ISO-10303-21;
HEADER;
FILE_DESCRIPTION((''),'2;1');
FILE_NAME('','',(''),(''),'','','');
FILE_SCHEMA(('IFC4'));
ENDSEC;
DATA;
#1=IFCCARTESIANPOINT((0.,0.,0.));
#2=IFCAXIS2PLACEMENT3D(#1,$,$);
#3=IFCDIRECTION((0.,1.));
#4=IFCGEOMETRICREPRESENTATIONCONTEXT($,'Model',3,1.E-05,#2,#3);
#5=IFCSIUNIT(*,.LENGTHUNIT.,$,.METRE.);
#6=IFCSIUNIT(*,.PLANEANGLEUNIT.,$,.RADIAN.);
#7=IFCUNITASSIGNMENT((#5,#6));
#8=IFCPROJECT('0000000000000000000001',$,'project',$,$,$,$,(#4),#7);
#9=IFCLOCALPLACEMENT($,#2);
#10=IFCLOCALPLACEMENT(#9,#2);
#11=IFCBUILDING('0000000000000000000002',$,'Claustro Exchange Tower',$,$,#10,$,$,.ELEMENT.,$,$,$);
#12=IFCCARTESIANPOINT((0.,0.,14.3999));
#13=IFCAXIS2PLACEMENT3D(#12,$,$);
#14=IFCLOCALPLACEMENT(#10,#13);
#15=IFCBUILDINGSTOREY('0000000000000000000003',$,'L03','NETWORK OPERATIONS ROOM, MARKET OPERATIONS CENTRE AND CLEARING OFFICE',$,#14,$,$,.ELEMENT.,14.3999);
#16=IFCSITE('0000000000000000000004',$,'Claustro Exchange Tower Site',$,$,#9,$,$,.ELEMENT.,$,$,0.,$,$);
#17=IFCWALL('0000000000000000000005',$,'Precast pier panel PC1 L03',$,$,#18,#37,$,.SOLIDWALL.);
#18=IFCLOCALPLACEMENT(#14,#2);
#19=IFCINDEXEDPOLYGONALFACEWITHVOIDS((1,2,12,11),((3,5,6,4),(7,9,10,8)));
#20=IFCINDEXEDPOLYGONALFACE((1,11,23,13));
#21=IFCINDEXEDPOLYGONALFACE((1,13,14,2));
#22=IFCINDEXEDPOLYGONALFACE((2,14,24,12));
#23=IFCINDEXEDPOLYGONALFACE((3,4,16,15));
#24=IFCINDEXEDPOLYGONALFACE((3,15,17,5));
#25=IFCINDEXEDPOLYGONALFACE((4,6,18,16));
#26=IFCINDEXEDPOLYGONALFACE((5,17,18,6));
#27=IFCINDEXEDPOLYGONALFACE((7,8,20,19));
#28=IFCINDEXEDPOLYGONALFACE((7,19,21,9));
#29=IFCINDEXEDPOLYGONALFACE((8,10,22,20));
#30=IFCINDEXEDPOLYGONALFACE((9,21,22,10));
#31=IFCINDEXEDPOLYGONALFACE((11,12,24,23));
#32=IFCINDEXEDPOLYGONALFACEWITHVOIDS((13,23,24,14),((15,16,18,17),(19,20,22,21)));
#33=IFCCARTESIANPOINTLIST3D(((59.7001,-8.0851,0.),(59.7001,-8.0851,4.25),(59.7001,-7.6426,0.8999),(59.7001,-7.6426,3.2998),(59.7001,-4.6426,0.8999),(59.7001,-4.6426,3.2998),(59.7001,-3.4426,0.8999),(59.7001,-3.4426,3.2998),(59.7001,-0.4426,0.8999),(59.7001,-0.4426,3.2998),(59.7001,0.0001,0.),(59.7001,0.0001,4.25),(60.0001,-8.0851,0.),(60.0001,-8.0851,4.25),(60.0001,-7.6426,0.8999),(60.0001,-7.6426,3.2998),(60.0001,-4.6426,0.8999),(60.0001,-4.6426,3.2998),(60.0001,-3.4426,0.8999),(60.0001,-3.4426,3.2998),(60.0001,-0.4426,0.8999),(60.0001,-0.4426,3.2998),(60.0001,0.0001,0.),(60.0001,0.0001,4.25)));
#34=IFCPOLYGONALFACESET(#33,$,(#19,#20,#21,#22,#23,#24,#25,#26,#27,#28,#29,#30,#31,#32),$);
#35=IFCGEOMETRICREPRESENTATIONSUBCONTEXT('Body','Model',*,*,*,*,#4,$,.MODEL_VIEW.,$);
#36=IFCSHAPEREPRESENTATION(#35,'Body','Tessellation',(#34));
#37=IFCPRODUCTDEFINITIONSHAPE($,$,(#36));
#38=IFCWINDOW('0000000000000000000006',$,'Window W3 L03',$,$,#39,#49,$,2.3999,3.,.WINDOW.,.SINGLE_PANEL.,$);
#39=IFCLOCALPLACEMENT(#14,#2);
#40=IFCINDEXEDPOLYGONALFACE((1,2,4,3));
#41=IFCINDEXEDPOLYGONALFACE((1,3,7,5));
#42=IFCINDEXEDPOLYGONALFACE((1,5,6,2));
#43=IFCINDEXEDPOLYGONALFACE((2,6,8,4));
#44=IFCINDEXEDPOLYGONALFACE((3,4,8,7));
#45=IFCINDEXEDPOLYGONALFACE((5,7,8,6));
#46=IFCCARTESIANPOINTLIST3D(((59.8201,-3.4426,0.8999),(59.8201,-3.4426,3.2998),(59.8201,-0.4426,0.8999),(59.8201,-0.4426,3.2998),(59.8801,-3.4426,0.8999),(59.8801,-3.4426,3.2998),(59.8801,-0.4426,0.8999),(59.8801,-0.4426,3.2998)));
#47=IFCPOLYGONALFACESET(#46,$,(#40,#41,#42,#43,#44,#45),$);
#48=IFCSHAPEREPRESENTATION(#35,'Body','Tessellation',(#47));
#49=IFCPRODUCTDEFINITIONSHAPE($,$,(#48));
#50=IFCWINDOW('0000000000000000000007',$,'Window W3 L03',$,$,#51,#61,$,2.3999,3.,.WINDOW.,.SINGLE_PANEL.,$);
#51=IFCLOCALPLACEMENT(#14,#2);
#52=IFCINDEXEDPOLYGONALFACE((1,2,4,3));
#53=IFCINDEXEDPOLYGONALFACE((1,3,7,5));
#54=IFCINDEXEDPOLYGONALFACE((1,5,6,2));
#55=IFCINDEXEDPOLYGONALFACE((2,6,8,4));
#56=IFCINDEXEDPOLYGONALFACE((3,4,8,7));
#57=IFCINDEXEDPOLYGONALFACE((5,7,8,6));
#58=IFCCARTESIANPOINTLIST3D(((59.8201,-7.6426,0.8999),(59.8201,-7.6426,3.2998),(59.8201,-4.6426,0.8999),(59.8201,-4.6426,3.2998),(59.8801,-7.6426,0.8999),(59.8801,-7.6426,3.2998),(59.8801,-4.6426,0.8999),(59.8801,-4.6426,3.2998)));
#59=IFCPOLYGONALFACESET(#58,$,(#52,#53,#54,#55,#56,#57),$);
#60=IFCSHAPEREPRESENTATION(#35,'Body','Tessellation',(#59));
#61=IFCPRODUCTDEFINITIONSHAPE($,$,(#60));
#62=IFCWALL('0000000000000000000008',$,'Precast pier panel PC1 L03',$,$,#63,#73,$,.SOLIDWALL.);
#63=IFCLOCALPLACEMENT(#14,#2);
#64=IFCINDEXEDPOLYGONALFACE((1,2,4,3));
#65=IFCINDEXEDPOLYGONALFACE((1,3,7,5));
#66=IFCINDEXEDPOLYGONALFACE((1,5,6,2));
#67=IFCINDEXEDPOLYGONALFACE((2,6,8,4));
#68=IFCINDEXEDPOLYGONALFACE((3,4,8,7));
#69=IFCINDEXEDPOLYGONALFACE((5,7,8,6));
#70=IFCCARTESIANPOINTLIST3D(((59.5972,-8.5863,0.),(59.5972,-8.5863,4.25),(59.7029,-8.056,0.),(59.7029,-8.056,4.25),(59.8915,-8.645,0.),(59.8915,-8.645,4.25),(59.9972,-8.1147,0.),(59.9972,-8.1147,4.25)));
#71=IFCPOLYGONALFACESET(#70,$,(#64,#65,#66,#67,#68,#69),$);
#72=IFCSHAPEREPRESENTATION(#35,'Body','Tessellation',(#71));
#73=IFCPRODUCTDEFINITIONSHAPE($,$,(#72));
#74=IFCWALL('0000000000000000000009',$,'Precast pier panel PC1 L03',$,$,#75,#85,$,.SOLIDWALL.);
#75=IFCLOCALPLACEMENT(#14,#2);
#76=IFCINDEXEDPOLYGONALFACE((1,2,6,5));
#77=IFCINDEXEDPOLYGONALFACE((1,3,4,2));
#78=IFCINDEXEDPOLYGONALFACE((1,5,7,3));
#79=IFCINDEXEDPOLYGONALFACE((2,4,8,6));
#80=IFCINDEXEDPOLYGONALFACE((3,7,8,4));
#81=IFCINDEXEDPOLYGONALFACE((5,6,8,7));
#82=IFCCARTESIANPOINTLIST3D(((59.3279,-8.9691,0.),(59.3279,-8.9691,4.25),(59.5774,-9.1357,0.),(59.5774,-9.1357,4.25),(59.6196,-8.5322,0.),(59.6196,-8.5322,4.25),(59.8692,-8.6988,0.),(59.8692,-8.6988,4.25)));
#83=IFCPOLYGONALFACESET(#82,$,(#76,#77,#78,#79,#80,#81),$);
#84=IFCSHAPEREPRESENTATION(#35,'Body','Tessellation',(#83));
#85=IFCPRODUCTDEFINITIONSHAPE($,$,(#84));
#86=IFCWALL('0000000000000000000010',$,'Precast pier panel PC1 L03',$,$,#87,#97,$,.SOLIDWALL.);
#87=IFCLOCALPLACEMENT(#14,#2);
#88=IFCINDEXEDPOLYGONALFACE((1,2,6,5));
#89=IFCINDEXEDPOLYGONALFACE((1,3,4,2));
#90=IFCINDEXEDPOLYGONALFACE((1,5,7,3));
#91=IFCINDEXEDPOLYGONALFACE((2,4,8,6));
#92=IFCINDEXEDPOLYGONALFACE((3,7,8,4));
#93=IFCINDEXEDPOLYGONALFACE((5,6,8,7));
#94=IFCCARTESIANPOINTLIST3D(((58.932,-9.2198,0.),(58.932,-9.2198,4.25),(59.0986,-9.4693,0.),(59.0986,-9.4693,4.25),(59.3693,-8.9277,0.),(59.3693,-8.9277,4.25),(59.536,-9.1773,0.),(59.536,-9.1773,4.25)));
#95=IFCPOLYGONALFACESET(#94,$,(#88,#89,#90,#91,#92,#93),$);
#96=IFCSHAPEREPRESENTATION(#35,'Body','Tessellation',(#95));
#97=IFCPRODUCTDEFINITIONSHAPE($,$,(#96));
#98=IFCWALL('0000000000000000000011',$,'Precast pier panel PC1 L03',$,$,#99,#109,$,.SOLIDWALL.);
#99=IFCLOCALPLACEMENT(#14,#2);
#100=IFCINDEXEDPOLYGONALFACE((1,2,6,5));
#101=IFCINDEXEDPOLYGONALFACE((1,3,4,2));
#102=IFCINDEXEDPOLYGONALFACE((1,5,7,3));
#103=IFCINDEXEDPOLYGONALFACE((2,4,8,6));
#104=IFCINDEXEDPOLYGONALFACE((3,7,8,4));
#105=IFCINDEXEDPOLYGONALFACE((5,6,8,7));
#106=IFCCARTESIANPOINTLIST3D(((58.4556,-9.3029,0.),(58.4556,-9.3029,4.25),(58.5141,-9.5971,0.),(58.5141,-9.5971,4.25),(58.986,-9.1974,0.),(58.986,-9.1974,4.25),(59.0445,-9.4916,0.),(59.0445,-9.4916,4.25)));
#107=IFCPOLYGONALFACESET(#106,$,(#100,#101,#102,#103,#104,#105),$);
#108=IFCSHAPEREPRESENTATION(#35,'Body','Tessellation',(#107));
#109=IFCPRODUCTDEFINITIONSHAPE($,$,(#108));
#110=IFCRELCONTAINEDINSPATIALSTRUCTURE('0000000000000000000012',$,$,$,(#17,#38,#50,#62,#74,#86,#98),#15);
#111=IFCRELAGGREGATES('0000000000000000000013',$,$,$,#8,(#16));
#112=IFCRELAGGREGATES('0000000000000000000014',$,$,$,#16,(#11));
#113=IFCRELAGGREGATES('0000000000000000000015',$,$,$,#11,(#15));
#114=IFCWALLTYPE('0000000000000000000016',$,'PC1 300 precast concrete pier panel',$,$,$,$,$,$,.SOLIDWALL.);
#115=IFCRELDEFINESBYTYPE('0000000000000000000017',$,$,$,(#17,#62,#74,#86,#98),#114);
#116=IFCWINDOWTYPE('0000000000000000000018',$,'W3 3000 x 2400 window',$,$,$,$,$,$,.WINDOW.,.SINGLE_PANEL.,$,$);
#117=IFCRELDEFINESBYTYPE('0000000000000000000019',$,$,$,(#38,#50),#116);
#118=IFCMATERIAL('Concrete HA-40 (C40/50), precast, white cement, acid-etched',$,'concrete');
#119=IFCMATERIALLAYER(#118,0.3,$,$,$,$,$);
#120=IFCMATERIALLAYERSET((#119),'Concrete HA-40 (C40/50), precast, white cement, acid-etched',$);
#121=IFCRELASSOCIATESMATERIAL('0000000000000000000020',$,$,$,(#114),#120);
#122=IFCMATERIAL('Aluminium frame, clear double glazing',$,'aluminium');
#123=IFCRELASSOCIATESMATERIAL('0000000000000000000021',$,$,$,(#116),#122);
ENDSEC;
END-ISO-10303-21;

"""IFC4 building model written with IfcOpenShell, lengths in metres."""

from ifc_helpers import new_model, si_unit, direction, frame, frame_2d, origin, place, context, subcontext, project, spatial, rectangle, extrude, material, layer, layer_set, type_object, element, fill, save


model = new_model("IFC4")

# Units and contexts
model_context = context("Model", 3, precision=1e-05, world=origin(), true_north=direction((0.0, 1.0)))
body_context = subcontext(model_context, "Body", "Model", "MODEL_VIEW")
ifc_project = project(units=[si_unit("LENGTHUNIT", "METRE"), si_unit("PLANEANGLEUNIT", "RADIAN")], contexts=[model_context])

# Site, building, storey
site_placement = place(None, origin())
site = spatial("IfcSite", under=ifc_project, at=site_placement, Name="Claustro Exchange Tower Site", CompositionType="ELEMENT", RefElevation=0.0)
building_placement = place(site_placement, origin())
building = spatial("IfcBuilding", under=site, at=building_placement, Name="Claustro Exchange Tower", CompositionType="ELEMENT")
storey_placement = place(building_placement, frame((0.0, 0.0, 14.3999)))
storey = spatial("IfcBuildingStorey", under=building, at=storey_placement, Name="L03", Description="NETWORK OPERATIONS ROOM, MARKET OPERATIONS CENTRE AND CLEARING OFFICE", CompositionType="ELEMENT", Elevation=14.3999)

# Wall, openings, windows
ifc_material_1 = material(Name="Concrete HA-40 (C40/50), precast, white cement, acid-etched", Category="concrete")
ifc_layer_1 = layer(ifc_material_1, 0.3)
ifc_layer_set_1 = layer_set([ifc_layer_1], Name="Concrete HA-40 (C40/50), precast, white cement, acid-etched")
wall_type_1 = type_object("IfcWallType", Name="PC1 300 precast concrete pier panel", PredefinedType="SOLIDWALL", material=ifc_layer_set_1)
ifc_material_2 = material(Name="Aluminium frame, clear double glazing", Category="aluminium")
window_type = type_object("IfcWindowType", Name="W3 3000 x 2400 window", PartitioningType="SINGLE_PANEL", PredefinedType="WINDOW", material=ifc_material_2)
wall_1_placement = place(storey_placement, frame((59.8501, 0.0, 0.0), z_axis=(0.0, 0.0, 1.0), x_axis=(0.0, -1.0, 0.0)))
wall_1 = element("IfcWall", 1, at=wall_1_placement, inside=storey, type_object=wall_type_1, Name="Precast pier panel PC1 L03", PredefinedType="SOLIDWALL", context=body_context, shape_type="SweptSolid", body=[
    extrude(rectangle(XDim=8.0852, YDim=0.3, at=frame_2d((4.0425, 0.0))), origin(), (0.0, 0.0, 1.0), 4.25),
])
opening_1_placement = place(wall_1_placement, frame((0.4426, 0.0, 0.8999)))
opening_1 = element("IfcOpeningElement", 2, at=opening_1_placement, cuts=wall_1, PredefinedType="OPENING", context=body_context, shape_type="SweptSolid", body=[
    extrude(rectangle(XDim=3.0, YDim=2.3999, at=frame_2d((1.5, 1.2))), frame((0.0, 0.1599, 0.0), z_axis=(0.0, -1.0, 0.0), x_axis=(1.0, 0.0, 0.0)), (0.0, 0.0, 1.0), 0.3201),
])
opening_2_placement = place(wall_1_placement, frame((4.6426, 0.0, 0.8999)))
opening_2 = element("IfcOpeningElement", 3, at=opening_2_placement, cuts=wall_1, PredefinedType="OPENING", context=body_context, shape_type="SweptSolid", body=[
    extrude(rectangle(XDim=3.0, YDim=2.3999, at=frame_2d((1.5, 1.2))), frame((0.0, 0.1599, 0.0), z_axis=(0.0, -1.0, 0.0), x_axis=(1.0, 0.0, 0.0)), (0.0, 0.0, 1.0), 0.3201),
])
window_1_placement = place(opening_1_placement, origin())
window_1 = element("IfcWindow", 4, at=window_1_placement, inside=storey, type_object=window_type, Name="Window W3 L03", OverallHeight=2.3999, OverallWidth=3.0, PartitioningType="SINGLE_PANEL", PredefinedType="WINDOW", context=body_context, shape_type="SweptSolid", body=[
    extrude(rectangle(XDim=3.0, YDim=2.3999, at=frame_2d((1.5, 1.2))), frame((0.0, 0.03, 0.0), z_axis=(0.0, -1.0, 0.0), x_axis=(1.0, 0.0, 0.0)), (0.0, 0.0, 1.0), 0.0601),
])
fill(opening_1, window_1)
window_2_placement = place(opening_2_placement, origin())
window_2 = element("IfcWindow", 5, at=window_2_placement, inside=storey, type_object=window_type, Name="Window W3 L03", OverallHeight=2.3999, OverallWidth=3.0, PartitioningType="SINGLE_PANEL", PredefinedType="WINDOW", context=body_context, shape_type="SweptSolid", body=[
    extrude(rectangle(XDim=3.0, YDim=2.3999, at=frame_2d((1.5, 1.2))), frame((0.0, 0.03, 0.0), z_axis=(0.0, -1.0, 0.0), x_axis=(1.0, 0.0, 0.0)), (0.0, 0.0, 1.0), 0.0601),
])
fill(opening_2, window_2)

# Walls
wall_2_placement = place(storey_placement, frame((59.8501, -8.0852, 0.0), z_axis=(0.0, 0.0, 1.0), x_axis=(-0.195508, -0.980702, 0.0)))
element("IfcWall", 6, at=wall_2_placement, inside=storey, type_object=wall_type_1, Name="Precast pier panel PC1 L03", PredefinedType="SOLIDWALL", context=body_context, shape_type="SweptSolid", body=[
    extrude(rectangle(XDim=0.5408, YDim=0.3, at=frame_2d((0.2705, 0.0))), origin(), (0.0, 0.0, 1.0), 4.25),
])
wall_3_placement = place(storey_placement, frame((59.7444, -8.6155, 0.0), z_axis=(0.0, 0.0, 1.0), x_axis=(-0.555236, -0.831693, 0.0)))
element("IfcWall", 7, at=wall_3_placement, inside=storey, type_object=wall_type_1, Name="Precast pier panel PC1 L03", PredefinedType="SOLIDWALL", context=body_context, shape_type="SweptSolid", body=[
    extrude(rectangle(XDim=0.5254, YDim=0.3, at=frame_2d((0.2627, 0.0))), origin(), (0.0, 0.0, 1.0), 4.25),
])
wall_4_placement = place(storey_placement, frame((59.4526, -9.0525, 0.0), z_axis=(0.0, 0.0, 1.0), x_axis=(-0.831621, -0.555343, 0.0)))
element("IfcWall", 8, at=wall_4_placement, inside=storey, type_object=wall_type_1, Name="Precast pier panel PC1 L03", PredefinedType="SOLIDWALL", context=body_context, shape_type="SweptSolid", body=[
    extrude(rectangle(XDim=0.5259, YDim=0.3, at=frame_2d((0.2629, 0.0))), origin(), (0.0, 0.0, 1.0), 4.25),
])
wall_5_placement = place(storey_placement, frame((59.0154, -9.3445, 0.0), z_axis=(0.0, 0.0, 1.0), x_axis=(-0.980789, -0.195074, 0.0)))
element("IfcWall", 9, at=wall_5_placement, inside=storey, type_object=wall_type_1, Name="Precast pier panel PC1 L03", PredefinedType="SOLIDWALL", context=body_context, shape_type="SweptSolid", body=[
    extrude(rectangle(XDim=0.5408, YDim=0.3, at=frame_2d((0.2705, 0.0))), origin(), (0.0, 0.0, 1.0), 4.25),
])

save(model, "model.ifc")
